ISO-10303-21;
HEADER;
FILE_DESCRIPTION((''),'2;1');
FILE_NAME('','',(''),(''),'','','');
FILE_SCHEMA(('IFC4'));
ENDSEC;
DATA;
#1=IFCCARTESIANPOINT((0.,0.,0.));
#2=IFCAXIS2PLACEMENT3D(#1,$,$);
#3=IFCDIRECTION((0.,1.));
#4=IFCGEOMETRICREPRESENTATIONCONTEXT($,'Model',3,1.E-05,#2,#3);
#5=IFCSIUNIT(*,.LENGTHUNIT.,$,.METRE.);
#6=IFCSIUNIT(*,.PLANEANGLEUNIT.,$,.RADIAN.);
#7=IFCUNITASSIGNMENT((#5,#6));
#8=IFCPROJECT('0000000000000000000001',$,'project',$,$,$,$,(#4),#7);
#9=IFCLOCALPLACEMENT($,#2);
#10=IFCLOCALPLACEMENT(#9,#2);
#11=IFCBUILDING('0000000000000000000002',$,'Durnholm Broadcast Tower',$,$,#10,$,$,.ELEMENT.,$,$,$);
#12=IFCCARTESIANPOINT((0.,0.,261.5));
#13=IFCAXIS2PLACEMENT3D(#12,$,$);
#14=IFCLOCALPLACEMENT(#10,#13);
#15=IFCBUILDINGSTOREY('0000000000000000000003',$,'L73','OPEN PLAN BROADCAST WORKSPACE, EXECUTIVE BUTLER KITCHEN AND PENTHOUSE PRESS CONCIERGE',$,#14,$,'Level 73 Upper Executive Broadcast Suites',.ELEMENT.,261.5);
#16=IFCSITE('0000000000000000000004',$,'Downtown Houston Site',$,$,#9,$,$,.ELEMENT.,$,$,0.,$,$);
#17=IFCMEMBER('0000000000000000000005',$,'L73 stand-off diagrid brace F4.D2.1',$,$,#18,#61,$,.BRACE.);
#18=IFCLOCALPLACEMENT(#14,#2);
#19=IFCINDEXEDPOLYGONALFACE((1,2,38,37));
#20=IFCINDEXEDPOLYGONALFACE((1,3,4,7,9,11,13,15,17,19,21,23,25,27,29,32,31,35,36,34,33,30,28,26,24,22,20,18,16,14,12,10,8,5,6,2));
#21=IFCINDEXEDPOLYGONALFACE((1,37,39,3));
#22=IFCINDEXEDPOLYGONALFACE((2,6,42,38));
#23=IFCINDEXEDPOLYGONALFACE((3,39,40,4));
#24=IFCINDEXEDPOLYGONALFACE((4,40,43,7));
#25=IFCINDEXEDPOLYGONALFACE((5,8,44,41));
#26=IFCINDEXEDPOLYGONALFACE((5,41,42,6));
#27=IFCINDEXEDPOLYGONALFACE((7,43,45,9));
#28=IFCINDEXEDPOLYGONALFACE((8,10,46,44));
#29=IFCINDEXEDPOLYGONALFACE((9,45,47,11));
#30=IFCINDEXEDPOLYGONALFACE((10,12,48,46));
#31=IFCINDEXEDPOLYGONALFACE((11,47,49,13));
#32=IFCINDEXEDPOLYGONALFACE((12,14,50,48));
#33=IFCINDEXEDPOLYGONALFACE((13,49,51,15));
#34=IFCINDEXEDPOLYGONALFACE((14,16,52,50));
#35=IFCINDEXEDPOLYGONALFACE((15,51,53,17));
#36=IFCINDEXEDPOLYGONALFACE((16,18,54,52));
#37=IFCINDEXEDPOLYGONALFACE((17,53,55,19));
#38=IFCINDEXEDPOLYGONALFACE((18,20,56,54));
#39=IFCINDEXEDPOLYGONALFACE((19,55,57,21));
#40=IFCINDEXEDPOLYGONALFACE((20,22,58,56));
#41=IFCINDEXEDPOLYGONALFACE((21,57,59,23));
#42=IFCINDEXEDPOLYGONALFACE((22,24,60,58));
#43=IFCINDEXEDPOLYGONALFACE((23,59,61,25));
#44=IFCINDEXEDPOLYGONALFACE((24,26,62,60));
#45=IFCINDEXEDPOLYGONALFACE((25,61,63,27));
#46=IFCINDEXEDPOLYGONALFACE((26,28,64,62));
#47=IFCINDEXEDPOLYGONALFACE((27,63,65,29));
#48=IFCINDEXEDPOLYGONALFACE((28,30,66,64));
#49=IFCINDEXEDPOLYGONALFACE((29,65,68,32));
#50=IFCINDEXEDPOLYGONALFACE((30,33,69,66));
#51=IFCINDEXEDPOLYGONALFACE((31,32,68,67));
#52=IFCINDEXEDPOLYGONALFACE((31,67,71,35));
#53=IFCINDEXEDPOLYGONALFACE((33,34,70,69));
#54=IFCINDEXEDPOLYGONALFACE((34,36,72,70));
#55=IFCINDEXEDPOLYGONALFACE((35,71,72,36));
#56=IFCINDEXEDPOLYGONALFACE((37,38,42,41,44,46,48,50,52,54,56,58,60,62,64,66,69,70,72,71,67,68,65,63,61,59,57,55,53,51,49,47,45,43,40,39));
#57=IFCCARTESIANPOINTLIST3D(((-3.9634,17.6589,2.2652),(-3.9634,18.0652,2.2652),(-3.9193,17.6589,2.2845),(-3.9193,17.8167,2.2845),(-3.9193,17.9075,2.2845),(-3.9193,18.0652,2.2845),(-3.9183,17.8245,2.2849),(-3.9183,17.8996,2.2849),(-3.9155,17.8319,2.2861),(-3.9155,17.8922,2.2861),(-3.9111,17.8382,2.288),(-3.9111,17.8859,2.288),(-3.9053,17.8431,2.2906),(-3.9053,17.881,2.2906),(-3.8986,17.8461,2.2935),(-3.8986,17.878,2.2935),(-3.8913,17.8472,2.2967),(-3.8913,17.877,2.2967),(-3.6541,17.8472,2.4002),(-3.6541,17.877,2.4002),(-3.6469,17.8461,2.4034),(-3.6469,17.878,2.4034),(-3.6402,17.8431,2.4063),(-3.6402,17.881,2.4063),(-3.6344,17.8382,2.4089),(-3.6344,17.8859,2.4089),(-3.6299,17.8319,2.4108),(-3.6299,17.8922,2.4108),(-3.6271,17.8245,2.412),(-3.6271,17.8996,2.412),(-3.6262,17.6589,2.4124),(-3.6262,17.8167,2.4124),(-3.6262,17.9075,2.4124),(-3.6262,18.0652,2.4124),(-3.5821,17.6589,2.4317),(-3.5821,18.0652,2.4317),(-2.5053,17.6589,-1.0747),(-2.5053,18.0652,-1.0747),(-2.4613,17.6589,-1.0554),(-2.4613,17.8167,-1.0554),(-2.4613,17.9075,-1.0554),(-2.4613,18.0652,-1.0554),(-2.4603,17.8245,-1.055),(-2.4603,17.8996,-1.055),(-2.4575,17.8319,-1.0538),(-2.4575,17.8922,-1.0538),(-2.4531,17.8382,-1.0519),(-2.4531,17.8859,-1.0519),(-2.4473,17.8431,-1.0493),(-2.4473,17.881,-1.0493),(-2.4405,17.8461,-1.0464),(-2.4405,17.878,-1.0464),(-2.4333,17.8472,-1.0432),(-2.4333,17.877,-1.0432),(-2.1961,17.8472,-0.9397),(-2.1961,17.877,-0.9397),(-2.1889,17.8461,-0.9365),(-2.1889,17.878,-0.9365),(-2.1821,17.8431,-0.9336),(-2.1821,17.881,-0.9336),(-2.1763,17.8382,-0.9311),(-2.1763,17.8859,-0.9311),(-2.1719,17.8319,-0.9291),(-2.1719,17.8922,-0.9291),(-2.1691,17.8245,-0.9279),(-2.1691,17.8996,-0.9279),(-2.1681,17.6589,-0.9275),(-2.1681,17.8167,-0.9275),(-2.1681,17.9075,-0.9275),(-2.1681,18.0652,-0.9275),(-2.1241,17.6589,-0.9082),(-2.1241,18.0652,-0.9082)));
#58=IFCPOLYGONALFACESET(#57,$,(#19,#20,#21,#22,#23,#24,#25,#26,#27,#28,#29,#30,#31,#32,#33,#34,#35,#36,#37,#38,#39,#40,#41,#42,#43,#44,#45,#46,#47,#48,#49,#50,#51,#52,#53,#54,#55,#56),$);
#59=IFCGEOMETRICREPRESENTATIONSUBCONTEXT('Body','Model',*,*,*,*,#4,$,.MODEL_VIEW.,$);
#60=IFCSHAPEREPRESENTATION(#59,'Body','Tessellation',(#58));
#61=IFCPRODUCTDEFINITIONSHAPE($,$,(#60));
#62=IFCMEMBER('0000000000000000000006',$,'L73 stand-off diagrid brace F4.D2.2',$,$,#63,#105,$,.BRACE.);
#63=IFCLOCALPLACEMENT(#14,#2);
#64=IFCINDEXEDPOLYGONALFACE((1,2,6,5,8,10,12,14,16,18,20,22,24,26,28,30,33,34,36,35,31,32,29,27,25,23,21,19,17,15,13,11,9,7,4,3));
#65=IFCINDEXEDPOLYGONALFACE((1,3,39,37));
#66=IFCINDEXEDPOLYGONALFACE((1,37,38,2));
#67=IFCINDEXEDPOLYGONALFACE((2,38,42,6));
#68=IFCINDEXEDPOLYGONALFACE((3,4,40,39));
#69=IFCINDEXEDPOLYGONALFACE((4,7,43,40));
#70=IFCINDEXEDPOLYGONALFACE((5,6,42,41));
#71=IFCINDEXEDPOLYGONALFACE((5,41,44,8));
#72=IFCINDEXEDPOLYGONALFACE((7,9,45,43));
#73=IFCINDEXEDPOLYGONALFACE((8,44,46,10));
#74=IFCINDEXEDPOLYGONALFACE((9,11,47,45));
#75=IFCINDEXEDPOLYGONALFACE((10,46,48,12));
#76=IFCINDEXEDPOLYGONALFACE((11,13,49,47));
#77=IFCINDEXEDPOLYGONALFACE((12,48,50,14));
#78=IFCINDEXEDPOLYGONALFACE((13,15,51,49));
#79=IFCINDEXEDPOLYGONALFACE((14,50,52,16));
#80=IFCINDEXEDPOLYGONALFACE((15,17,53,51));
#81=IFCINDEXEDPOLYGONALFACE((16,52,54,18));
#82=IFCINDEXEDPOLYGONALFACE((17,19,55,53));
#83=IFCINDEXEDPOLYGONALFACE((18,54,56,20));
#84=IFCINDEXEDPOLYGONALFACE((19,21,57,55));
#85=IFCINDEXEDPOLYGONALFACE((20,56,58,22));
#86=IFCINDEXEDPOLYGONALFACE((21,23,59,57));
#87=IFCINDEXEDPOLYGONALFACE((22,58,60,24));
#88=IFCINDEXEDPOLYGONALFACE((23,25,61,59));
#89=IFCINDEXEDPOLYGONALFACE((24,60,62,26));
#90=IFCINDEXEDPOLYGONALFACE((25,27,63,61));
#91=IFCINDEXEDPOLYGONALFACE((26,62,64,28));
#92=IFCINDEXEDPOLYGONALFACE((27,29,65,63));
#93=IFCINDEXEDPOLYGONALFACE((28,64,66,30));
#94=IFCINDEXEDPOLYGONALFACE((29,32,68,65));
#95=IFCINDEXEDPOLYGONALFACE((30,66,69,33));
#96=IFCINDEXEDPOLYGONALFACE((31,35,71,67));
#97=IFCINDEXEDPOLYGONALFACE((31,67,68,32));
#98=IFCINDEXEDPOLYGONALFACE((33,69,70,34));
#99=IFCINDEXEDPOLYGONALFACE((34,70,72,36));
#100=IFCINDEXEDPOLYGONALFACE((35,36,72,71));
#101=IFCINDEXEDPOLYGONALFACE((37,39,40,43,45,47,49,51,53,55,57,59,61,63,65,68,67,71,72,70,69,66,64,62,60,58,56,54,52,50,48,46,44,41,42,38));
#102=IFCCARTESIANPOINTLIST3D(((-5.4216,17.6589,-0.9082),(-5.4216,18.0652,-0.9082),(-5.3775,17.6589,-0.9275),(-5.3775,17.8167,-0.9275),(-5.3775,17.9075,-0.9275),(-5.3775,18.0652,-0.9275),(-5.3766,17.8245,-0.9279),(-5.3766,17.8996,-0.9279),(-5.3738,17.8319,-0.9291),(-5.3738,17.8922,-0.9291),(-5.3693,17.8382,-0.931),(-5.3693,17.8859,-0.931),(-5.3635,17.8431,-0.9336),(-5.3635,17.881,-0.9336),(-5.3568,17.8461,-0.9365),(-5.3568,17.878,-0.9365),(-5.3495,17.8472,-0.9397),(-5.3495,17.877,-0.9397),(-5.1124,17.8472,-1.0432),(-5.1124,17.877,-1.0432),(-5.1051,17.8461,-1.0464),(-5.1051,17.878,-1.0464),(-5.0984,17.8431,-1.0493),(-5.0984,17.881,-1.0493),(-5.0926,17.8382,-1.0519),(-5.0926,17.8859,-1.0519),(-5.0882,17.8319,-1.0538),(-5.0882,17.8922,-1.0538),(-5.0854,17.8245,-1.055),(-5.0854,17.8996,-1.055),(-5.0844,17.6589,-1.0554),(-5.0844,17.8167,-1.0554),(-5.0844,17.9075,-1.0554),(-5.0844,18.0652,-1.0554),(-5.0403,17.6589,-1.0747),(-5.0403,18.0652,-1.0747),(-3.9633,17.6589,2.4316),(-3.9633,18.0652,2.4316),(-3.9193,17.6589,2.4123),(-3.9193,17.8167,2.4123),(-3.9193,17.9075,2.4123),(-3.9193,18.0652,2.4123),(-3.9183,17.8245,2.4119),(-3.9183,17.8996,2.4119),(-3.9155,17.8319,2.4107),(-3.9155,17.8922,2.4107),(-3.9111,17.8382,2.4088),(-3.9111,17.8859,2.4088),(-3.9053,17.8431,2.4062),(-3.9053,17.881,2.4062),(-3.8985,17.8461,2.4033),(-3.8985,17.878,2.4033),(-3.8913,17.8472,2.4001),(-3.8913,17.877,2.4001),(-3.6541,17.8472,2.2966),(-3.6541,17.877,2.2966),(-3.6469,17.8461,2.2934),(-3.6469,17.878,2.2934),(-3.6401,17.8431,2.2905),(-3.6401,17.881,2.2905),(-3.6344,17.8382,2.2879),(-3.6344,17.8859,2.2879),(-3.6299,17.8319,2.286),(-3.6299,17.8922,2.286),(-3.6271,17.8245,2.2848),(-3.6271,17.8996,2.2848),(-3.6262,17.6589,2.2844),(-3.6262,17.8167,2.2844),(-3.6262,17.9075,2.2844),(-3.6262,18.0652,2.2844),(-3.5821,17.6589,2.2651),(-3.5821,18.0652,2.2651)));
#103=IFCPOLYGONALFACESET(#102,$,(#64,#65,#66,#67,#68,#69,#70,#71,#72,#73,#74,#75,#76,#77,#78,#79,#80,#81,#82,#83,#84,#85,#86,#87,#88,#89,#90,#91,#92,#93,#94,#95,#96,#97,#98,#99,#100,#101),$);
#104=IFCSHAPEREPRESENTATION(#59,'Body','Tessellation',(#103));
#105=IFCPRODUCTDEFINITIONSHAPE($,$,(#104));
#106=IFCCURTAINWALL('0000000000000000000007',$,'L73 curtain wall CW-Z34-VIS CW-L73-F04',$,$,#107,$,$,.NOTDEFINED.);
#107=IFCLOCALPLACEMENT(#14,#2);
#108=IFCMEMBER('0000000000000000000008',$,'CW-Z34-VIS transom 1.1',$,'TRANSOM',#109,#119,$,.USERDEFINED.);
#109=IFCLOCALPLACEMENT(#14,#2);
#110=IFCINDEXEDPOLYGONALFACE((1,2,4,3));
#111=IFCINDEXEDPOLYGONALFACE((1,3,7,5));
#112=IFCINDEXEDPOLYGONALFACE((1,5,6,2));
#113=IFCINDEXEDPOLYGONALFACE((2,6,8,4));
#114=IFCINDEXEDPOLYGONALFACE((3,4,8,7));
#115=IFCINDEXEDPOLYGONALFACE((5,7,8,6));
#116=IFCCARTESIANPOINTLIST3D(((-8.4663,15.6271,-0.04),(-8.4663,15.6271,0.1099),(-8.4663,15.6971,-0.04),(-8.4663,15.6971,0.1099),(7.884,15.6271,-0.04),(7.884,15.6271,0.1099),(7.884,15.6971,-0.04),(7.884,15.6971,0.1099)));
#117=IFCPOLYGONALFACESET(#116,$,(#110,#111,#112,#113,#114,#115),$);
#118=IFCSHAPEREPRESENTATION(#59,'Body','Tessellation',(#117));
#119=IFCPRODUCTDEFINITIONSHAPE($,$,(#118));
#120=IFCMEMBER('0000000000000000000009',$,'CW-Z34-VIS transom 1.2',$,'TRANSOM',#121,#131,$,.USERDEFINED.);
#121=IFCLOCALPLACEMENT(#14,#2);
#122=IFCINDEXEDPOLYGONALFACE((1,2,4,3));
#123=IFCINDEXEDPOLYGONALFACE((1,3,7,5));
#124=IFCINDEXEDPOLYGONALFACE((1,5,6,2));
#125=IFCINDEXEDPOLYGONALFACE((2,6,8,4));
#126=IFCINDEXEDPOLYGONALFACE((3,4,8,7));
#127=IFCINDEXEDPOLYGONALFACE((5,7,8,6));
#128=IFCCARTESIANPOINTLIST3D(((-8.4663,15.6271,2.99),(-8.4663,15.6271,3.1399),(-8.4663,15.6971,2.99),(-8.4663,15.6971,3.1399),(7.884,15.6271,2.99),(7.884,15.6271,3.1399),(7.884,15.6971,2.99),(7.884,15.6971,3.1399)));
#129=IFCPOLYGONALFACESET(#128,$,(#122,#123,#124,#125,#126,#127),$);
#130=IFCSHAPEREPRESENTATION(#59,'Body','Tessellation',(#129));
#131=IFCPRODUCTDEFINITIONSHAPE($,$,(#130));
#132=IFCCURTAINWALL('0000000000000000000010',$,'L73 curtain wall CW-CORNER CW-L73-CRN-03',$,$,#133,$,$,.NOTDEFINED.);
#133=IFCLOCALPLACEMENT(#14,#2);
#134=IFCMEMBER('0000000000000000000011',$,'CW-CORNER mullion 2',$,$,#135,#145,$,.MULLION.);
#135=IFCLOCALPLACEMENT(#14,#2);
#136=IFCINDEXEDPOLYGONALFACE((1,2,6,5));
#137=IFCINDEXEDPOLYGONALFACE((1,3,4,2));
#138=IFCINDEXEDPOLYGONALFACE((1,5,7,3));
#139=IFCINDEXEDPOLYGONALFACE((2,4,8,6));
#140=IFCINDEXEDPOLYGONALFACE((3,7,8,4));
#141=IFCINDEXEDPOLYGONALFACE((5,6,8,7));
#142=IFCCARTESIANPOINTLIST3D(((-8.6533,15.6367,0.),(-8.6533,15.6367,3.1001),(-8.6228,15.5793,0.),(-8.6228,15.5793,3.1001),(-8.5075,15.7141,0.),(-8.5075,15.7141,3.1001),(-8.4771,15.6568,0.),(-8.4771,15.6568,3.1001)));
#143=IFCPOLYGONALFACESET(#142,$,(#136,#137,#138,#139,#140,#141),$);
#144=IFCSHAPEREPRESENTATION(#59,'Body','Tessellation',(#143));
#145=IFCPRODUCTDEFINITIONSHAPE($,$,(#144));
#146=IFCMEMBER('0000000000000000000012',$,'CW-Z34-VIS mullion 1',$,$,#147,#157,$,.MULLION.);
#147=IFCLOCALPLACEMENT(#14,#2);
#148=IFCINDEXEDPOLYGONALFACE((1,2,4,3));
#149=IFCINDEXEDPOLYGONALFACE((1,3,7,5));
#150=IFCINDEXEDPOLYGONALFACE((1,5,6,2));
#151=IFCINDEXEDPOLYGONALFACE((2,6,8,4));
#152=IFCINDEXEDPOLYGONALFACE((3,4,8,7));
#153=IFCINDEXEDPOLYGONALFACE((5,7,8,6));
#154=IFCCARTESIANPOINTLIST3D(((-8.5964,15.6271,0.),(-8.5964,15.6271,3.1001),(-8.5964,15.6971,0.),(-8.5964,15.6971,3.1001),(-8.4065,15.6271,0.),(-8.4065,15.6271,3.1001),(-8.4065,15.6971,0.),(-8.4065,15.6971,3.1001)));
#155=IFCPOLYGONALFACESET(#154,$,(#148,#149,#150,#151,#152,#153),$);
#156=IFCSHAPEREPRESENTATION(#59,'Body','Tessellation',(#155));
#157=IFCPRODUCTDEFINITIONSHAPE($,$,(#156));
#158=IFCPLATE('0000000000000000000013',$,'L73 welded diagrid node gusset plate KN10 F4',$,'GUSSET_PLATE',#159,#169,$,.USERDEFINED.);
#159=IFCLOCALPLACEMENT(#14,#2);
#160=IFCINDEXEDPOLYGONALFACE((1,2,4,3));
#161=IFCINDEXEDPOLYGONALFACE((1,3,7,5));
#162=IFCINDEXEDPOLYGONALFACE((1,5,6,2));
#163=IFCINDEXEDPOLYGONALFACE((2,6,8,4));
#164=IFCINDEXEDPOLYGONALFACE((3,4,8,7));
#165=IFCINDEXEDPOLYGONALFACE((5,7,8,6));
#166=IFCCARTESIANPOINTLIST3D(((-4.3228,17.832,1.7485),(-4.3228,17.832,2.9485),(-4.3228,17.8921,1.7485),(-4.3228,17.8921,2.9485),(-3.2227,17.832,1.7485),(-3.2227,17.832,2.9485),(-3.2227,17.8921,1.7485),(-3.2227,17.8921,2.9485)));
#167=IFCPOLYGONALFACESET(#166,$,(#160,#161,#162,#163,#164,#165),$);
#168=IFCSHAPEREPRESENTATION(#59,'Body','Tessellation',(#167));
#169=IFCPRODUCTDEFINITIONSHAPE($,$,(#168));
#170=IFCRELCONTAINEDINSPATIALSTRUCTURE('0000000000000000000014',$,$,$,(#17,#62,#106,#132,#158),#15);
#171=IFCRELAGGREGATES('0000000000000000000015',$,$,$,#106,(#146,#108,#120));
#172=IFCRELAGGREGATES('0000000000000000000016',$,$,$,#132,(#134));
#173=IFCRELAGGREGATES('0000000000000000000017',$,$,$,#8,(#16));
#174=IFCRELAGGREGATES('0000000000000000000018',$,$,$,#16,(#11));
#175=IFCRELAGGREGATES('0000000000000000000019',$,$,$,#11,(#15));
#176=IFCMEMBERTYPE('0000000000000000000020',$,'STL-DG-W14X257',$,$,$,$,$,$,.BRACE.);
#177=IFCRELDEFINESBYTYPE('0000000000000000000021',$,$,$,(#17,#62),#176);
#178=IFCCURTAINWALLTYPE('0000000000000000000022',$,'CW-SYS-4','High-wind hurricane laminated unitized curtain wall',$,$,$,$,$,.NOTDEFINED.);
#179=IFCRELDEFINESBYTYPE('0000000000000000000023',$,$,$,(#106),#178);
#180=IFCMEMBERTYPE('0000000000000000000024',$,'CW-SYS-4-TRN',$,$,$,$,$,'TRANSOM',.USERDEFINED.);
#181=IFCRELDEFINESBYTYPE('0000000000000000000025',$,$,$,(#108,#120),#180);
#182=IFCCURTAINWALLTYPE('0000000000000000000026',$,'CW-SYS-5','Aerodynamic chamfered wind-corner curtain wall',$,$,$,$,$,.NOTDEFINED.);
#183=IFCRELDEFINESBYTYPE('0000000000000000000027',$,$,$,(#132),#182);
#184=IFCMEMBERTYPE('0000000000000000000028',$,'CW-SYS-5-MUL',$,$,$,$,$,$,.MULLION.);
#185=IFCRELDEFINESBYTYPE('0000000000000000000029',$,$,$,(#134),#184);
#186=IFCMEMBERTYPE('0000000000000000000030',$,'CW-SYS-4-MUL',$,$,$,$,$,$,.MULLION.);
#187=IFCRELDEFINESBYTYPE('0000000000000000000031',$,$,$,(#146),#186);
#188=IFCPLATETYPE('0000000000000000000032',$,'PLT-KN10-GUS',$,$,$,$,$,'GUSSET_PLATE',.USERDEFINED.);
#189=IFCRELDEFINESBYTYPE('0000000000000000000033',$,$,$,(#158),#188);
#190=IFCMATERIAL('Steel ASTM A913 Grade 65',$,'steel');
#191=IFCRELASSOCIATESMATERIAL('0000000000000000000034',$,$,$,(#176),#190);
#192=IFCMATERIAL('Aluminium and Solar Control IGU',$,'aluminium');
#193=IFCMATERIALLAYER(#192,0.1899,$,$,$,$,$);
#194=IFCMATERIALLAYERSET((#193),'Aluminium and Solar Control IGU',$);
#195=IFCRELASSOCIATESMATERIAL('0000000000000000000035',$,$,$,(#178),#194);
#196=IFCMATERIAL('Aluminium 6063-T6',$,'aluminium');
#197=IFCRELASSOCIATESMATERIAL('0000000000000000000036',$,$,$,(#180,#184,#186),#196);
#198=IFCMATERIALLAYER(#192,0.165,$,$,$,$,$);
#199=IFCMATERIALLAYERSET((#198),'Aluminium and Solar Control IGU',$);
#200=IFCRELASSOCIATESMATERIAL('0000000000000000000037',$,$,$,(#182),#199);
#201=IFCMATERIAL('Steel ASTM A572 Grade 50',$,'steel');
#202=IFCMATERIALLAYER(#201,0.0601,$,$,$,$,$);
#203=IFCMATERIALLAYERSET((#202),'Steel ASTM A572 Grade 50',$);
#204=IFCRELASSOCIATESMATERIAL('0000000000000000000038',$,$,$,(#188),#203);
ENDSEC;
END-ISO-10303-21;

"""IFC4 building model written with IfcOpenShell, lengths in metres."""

from ifc_helpers import new_model, si_unit, direction, frame, origin, origin_2d, place, context, subcontext, project, spatial, rectangle, i_section, extrude, source, transform, mapped, material, layer, layer_set, material_profile, profile_set, type_object, type_shapes, element, aggregate, save


model = new_model("IFC4")

# Units and contexts
model_context = context("Model", 3, precision=1e-05, world=origin(), true_north=direction((0.0, 1.0)))
body_context = subcontext(model_context, "Body", "Model", "MODEL_VIEW")
ifc_project = project(units=[si_unit("LENGTHUNIT", "METRE"), si_unit("PLANEANGLEUNIT", "RADIAN")], contexts=[model_context])

# Site, building, storey
site_placement = place(None, origin())
site = spatial("IfcSite", under=ifc_project, at=site_placement, Name="Downtown Houston Site", CompositionType="ELEMENT", RefElevation=0.0)
building_placement = place(site_placement, origin())
building = spatial("IfcBuilding", under=site, at=building_placement, Name="Durnholm Broadcast Tower", CompositionType="ELEMENT")
storey_placement = place(building_placement, frame((0.0, 0.0, 261.5)))
storey = spatial("IfcBuildingStorey", under=building, at=storey_placement, Name="L73", Description="OPEN PLAN BROADCAST WORKSPACE, EXECUTIVE BUTLER KITCHEN AND PENTHOUSE PRESS CONCIERGE", LongName="Level 73 Upper Executive Broadcast Suites", CompositionType="ELEMENT", Elevation=261.5)

# Members
ifc_material_1 = material(Name="Steel ASTM A913 Grade 65", Category="steel")
ifc_material_profile_1 = material_profile(ifc_material_1, i_section(OverallWidth=0.4062, OverallDepth=0.416, WebThickness=0.0298, FlangeThickness=0.0481, FilletRadius=0.0305, at=origin_2d()), Name="W14X257")
ifc_profile_set_1 = profile_set([ifc_material_profile_1], Name="Steel ASTM A913 Grade 65")
member_type_1 = type_object("IfcMemberType", Name="STL-DG-W14X257", PredefinedType="BRACE", material=ifc_profile_set_1)
shared_shape_1 = source(origin(), body_context, "Body", "SweptSolid", [
    extrude(i_section(OverallWidth=0.4062, OverallDepth=0.416, WebThickness=0.0298, FlangeThickness=0.0481, FilletRadius=0.0305, at=origin_2d()), origin(), (0.0, 0.0, 1.0), 3.6443),
])
type_shapes(member_type_1, [shared_shape_1])
for number, where, z_axis, x_axis, name in (
    (1, (-2.3147, 17.8621, -0.9915), (-0.400088, 0.0, 0.916477), (0.0, -1.0, 0.0), "L73 stand-off diagrid brace F4.D2.1"),
    (2, (-5.231, 17.8621, -0.9915), (0.400144, 0.0, 0.916452), (0.0, 1.0, 0.0), "L73 stand-off diagrid brace F4.D2.2"),
):
    element("IfcMember", number, at=place(storey_placement, frame(where, z_axis=z_axis, x_axis=x_axis)), inside=storey, type_object=member_type_1, Name=name, PredefinedType="BRACE", context=body_context, shape_type="MappedRepresentation", body=[
        mapped(shared_shape_1, transform((0.0, 0.0, 0.0), x_axis=(1.0, 0.0, 0.0), y_axis=(0.0, 1.0, 0.0), z_axis=(0.0, 0.0, 1.0), scale=1.0)),
    ])

# Curtain wall, members
ifc_material_2 = material(Name="Aluminium and Solar Control IGU", Category="aluminium")
ifc_layer_1 = layer(ifc_material_2, 0.1899)
ifc_layer_set_1 = layer_set([ifc_layer_1], Name="Aluminium and Solar Control IGU")
curtain_wall_type_1 = type_object("IfcCurtainWallType", Name="CW-SYS-4", Description="High-wind hurricane laminated unitized curtain wall", PredefinedType="NOTDEFINED", material=ifc_layer_set_1)
curtain_wall_1_placement = place(storey_placement, origin())
curtain_wall_1 = element("IfcCurtainWall", 3, at=curtain_wall_1_placement, inside=storey, type_object=curtain_wall_type_1, Name="L73 curtain wall CW-Z34-VIS CW-L73-F04", PredefinedType="NOTDEFINED")
ifc_material_3 = material(Name="Aluminium 6063-T6", Category="aluminium")
ifc_material_profile_2 = material_profile(ifc_material_3, rectangle(XDim=0.0701, YDim=0.1499, at=origin_2d()), Name="CWT70X150")
ifc_profile_set_2 = profile_set([ifc_material_profile_2], Name="Aluminium 6063-T6")
member_type_2 = type_object("IfcMemberType", Name="CW-SYS-4-TRN", ElementType="TRANSOM", PredefinedType="USERDEFINED", material=ifc_profile_set_2)
shared_shape_2 = source(origin(), body_context, "Body", "SweptSolid", [
    extrude(rectangle(XDim=0.0701, YDim=0.1499, at=origin_2d()), origin(), (0.0, 0.0, 1.0), 16.3503),
])
type_shapes(member_type_2, [shared_shape_2])
member_1_placement = place(storey_placement, frame((-8.4663, 15.6621, 0.0349), z_axis=(1.0, 0.0, 0.0), x_axis=(0.0, 1.0, 0.0)))
member_1 = element("IfcMember", 4, at=member_1_placement, type_object=member_type_2, Name="CW-Z34-VIS transom 1.1", ObjectType="TRANSOM", PredefinedType="USERDEFINED", context=body_context, shape_type="MappedRepresentation", body=[
    mapped(shared_shape_2, transform((0.0, 0.0, 0.0), x_axis=(1.0, 0.0, 0.0), y_axis=(0.0, 1.0, 0.0), z_axis=(0.0, 0.0, 1.0), scale=1.0)),
])
member_2_placement = place(storey_placement, frame((-8.4663, 15.6621, 3.0649), z_axis=(1.0, 0.0, 0.0), x_axis=(0.0, 1.0, 0.0)))
member_2 = element("IfcMember", 5, at=member_2_placement, type_object=member_type_2, Name="CW-Z34-VIS transom 1.2", ObjectType="TRANSOM", PredefinedType="USERDEFINED", context=body_context, shape_type="MappedRepresentation", body=[
    mapped(shared_shape_2, transform((0.0, 0.0, 0.0), x_axis=(1.0, 0.0, 0.0), y_axis=(0.0, 1.0, 0.0), z_axis=(0.0, 0.0, 1.0), scale=1.0)),
])

# Curtain wall, member
ifc_layer_2 = layer(ifc_material_2, 0.165)
ifc_layer_set_2 = layer_set([ifc_layer_2], Name="Aluminium and Solar Control IGU")
curtain_wall_type_2 = type_object("IfcCurtainWallType", Name="CW-SYS-5", Description="Aerodynamic chamfered wind-corner curtain wall", PredefinedType="NOTDEFINED", material=ifc_layer_set_2)
curtain_wall_2_placement = place(storey_placement, origin())
curtain_wall_2 = element("IfcCurtainWall", 6, at=curtain_wall_2_placement, inside=storey, type_object=curtain_wall_type_2, Name="L73 curtain wall CW-CORNER CW-L73-CRN-03", PredefinedType="NOTDEFINED")
ifc_material_profile_3 = material_profile(ifc_material_3, rectangle(XDim=0.0649, YDim=0.165, at=origin_2d()), Name="CWM65X165")
ifc_profile_set_3 = profile_set([ifc_material_profile_3], Name="Aluminium 6063-T6")
member_type_3 = type_object("IfcMemberType", Name="CW-SYS-5-MUL", PredefinedType="MULLION", material=ifc_profile_set_3)
shared_shape_3 = source(origin(), body_context, "Body", "SweptSolid", [
    extrude(rectangle(XDim=0.0649, YDim=0.165, at=origin_2d()), origin(), (0.0, 0.0, 1.0), 3.1001),
])
type_shapes(member_type_3, [shared_shape_3])
member_3_placement = place(storey_placement, frame((-8.5652, 15.6467, 0.0), z_axis=(0.0, 0.0, 1.0), x_axis=(-0.469007, 0.883195, 0.0)))
member_3 = element("IfcMember", 7, at=member_3_placement, type_object=member_type_3, Name="CW-CORNER mullion 2", PredefinedType="MULLION", context=body_context, shape_type="MappedRepresentation", body=[
    mapped(shared_shape_3, transform((0.0, 0.0, 0.0), x_axis=(1.0, 0.0, 0.0), y_axis=(0.0, 1.0, 0.0), z_axis=(0.0, 0.0, 1.0), scale=1.0)),
])

# Member
ifc_material_profile_4 = material_profile(ifc_material_3, rectangle(XDim=0.0701, YDim=0.1899, at=origin_2d()), Name="CWM70X190")
ifc_profile_set_4 = profile_set([ifc_material_profile_4], Name="Aluminium 6063-T6")
member_type_4 = type_object("IfcMemberType", Name="CW-SYS-4-MUL", PredefinedType="MULLION", material=ifc_profile_set_4)
shared_shape_4 = source(origin(), body_context, "Body", "SweptSolid", [
    extrude(rectangle(XDim=0.0701, YDim=0.1899, at=origin_2d()), origin(), (0.0, 0.0, 1.0), 3.1001),
])
type_shapes(member_type_4, [shared_shape_4])
member_4_placement = place(storey_placement, frame((-8.5015, 15.6621, 0.0), z_axis=(0.0, 0.0, 1.0), x_axis=(0.0, 1.0, 0.0)))
member_4 = element("IfcMember", 8, at=member_4_placement, type_object=member_type_4, Name="CW-Z34-VIS mullion 1", PredefinedType="MULLION", context=body_context, shape_type="MappedRepresentation", body=[
    mapped(shared_shape_4, transform((0.0, 0.0, 0.0), x_axis=(1.0, 0.0, 0.0), y_axis=(0.0, 1.0, 0.0), z_axis=(0.0, 0.0, 1.0), scale=1.0)),
])
aggregate(curtain_wall_1, [member_4, member_1, member_2])

# Plate
ifc_material_4 = material(Name="Steel ASTM A572 Grade 50", Category="steel")
ifc_layer_3 = layer(ifc_material_4, 0.0601)
ifc_layer_set_3 = layer_set([ifc_layer_3], Name="Steel ASTM A572 Grade 50")
plate_type_1 = type_object("IfcPlateType", Name="PLT-KN10-GUS", ElementType="GUSSET_PLATE", PredefinedType="USERDEFINED", material=ifc_layer_set_3)
shared_shape_5 = source(origin(), body_context, "Body", "SweptSolid", [
    extrude(rectangle(XDim=1.1001, YDim=0.0601, at=origin_2d()), origin(), (0.0, 0.0, 1.0), 1.2),
])
type_shapes(plate_type_1, [shared_shape_5])
plate_1_placement = place(storey_placement, frame((-3.7727, 17.8621, 1.7485), z_axis=(0.0, 0.0, 1.0), x_axis=(-1.0, 0.0, 0.0)))
element("IfcPlate", 9, at=plate_1_placement, inside=storey, type_object=plate_type_1, Name="L73 welded diagrid node gusset plate KN10 F4", ObjectType="GUSSET_PLATE", PredefinedType="USERDEFINED", context=body_context, shape_type="MappedRepresentation", body=[
    mapped(shared_shape_5, transform((0.0, 0.0, 0.0), x_axis=(1.0, 0.0, 0.0), y_axis=(0.0, 1.0, 0.0), z_axis=(0.0, 0.0, 1.0), scale=1.0)),
])
aggregate(curtain_wall_2, [member_3])

save(model, "model.ifc")
